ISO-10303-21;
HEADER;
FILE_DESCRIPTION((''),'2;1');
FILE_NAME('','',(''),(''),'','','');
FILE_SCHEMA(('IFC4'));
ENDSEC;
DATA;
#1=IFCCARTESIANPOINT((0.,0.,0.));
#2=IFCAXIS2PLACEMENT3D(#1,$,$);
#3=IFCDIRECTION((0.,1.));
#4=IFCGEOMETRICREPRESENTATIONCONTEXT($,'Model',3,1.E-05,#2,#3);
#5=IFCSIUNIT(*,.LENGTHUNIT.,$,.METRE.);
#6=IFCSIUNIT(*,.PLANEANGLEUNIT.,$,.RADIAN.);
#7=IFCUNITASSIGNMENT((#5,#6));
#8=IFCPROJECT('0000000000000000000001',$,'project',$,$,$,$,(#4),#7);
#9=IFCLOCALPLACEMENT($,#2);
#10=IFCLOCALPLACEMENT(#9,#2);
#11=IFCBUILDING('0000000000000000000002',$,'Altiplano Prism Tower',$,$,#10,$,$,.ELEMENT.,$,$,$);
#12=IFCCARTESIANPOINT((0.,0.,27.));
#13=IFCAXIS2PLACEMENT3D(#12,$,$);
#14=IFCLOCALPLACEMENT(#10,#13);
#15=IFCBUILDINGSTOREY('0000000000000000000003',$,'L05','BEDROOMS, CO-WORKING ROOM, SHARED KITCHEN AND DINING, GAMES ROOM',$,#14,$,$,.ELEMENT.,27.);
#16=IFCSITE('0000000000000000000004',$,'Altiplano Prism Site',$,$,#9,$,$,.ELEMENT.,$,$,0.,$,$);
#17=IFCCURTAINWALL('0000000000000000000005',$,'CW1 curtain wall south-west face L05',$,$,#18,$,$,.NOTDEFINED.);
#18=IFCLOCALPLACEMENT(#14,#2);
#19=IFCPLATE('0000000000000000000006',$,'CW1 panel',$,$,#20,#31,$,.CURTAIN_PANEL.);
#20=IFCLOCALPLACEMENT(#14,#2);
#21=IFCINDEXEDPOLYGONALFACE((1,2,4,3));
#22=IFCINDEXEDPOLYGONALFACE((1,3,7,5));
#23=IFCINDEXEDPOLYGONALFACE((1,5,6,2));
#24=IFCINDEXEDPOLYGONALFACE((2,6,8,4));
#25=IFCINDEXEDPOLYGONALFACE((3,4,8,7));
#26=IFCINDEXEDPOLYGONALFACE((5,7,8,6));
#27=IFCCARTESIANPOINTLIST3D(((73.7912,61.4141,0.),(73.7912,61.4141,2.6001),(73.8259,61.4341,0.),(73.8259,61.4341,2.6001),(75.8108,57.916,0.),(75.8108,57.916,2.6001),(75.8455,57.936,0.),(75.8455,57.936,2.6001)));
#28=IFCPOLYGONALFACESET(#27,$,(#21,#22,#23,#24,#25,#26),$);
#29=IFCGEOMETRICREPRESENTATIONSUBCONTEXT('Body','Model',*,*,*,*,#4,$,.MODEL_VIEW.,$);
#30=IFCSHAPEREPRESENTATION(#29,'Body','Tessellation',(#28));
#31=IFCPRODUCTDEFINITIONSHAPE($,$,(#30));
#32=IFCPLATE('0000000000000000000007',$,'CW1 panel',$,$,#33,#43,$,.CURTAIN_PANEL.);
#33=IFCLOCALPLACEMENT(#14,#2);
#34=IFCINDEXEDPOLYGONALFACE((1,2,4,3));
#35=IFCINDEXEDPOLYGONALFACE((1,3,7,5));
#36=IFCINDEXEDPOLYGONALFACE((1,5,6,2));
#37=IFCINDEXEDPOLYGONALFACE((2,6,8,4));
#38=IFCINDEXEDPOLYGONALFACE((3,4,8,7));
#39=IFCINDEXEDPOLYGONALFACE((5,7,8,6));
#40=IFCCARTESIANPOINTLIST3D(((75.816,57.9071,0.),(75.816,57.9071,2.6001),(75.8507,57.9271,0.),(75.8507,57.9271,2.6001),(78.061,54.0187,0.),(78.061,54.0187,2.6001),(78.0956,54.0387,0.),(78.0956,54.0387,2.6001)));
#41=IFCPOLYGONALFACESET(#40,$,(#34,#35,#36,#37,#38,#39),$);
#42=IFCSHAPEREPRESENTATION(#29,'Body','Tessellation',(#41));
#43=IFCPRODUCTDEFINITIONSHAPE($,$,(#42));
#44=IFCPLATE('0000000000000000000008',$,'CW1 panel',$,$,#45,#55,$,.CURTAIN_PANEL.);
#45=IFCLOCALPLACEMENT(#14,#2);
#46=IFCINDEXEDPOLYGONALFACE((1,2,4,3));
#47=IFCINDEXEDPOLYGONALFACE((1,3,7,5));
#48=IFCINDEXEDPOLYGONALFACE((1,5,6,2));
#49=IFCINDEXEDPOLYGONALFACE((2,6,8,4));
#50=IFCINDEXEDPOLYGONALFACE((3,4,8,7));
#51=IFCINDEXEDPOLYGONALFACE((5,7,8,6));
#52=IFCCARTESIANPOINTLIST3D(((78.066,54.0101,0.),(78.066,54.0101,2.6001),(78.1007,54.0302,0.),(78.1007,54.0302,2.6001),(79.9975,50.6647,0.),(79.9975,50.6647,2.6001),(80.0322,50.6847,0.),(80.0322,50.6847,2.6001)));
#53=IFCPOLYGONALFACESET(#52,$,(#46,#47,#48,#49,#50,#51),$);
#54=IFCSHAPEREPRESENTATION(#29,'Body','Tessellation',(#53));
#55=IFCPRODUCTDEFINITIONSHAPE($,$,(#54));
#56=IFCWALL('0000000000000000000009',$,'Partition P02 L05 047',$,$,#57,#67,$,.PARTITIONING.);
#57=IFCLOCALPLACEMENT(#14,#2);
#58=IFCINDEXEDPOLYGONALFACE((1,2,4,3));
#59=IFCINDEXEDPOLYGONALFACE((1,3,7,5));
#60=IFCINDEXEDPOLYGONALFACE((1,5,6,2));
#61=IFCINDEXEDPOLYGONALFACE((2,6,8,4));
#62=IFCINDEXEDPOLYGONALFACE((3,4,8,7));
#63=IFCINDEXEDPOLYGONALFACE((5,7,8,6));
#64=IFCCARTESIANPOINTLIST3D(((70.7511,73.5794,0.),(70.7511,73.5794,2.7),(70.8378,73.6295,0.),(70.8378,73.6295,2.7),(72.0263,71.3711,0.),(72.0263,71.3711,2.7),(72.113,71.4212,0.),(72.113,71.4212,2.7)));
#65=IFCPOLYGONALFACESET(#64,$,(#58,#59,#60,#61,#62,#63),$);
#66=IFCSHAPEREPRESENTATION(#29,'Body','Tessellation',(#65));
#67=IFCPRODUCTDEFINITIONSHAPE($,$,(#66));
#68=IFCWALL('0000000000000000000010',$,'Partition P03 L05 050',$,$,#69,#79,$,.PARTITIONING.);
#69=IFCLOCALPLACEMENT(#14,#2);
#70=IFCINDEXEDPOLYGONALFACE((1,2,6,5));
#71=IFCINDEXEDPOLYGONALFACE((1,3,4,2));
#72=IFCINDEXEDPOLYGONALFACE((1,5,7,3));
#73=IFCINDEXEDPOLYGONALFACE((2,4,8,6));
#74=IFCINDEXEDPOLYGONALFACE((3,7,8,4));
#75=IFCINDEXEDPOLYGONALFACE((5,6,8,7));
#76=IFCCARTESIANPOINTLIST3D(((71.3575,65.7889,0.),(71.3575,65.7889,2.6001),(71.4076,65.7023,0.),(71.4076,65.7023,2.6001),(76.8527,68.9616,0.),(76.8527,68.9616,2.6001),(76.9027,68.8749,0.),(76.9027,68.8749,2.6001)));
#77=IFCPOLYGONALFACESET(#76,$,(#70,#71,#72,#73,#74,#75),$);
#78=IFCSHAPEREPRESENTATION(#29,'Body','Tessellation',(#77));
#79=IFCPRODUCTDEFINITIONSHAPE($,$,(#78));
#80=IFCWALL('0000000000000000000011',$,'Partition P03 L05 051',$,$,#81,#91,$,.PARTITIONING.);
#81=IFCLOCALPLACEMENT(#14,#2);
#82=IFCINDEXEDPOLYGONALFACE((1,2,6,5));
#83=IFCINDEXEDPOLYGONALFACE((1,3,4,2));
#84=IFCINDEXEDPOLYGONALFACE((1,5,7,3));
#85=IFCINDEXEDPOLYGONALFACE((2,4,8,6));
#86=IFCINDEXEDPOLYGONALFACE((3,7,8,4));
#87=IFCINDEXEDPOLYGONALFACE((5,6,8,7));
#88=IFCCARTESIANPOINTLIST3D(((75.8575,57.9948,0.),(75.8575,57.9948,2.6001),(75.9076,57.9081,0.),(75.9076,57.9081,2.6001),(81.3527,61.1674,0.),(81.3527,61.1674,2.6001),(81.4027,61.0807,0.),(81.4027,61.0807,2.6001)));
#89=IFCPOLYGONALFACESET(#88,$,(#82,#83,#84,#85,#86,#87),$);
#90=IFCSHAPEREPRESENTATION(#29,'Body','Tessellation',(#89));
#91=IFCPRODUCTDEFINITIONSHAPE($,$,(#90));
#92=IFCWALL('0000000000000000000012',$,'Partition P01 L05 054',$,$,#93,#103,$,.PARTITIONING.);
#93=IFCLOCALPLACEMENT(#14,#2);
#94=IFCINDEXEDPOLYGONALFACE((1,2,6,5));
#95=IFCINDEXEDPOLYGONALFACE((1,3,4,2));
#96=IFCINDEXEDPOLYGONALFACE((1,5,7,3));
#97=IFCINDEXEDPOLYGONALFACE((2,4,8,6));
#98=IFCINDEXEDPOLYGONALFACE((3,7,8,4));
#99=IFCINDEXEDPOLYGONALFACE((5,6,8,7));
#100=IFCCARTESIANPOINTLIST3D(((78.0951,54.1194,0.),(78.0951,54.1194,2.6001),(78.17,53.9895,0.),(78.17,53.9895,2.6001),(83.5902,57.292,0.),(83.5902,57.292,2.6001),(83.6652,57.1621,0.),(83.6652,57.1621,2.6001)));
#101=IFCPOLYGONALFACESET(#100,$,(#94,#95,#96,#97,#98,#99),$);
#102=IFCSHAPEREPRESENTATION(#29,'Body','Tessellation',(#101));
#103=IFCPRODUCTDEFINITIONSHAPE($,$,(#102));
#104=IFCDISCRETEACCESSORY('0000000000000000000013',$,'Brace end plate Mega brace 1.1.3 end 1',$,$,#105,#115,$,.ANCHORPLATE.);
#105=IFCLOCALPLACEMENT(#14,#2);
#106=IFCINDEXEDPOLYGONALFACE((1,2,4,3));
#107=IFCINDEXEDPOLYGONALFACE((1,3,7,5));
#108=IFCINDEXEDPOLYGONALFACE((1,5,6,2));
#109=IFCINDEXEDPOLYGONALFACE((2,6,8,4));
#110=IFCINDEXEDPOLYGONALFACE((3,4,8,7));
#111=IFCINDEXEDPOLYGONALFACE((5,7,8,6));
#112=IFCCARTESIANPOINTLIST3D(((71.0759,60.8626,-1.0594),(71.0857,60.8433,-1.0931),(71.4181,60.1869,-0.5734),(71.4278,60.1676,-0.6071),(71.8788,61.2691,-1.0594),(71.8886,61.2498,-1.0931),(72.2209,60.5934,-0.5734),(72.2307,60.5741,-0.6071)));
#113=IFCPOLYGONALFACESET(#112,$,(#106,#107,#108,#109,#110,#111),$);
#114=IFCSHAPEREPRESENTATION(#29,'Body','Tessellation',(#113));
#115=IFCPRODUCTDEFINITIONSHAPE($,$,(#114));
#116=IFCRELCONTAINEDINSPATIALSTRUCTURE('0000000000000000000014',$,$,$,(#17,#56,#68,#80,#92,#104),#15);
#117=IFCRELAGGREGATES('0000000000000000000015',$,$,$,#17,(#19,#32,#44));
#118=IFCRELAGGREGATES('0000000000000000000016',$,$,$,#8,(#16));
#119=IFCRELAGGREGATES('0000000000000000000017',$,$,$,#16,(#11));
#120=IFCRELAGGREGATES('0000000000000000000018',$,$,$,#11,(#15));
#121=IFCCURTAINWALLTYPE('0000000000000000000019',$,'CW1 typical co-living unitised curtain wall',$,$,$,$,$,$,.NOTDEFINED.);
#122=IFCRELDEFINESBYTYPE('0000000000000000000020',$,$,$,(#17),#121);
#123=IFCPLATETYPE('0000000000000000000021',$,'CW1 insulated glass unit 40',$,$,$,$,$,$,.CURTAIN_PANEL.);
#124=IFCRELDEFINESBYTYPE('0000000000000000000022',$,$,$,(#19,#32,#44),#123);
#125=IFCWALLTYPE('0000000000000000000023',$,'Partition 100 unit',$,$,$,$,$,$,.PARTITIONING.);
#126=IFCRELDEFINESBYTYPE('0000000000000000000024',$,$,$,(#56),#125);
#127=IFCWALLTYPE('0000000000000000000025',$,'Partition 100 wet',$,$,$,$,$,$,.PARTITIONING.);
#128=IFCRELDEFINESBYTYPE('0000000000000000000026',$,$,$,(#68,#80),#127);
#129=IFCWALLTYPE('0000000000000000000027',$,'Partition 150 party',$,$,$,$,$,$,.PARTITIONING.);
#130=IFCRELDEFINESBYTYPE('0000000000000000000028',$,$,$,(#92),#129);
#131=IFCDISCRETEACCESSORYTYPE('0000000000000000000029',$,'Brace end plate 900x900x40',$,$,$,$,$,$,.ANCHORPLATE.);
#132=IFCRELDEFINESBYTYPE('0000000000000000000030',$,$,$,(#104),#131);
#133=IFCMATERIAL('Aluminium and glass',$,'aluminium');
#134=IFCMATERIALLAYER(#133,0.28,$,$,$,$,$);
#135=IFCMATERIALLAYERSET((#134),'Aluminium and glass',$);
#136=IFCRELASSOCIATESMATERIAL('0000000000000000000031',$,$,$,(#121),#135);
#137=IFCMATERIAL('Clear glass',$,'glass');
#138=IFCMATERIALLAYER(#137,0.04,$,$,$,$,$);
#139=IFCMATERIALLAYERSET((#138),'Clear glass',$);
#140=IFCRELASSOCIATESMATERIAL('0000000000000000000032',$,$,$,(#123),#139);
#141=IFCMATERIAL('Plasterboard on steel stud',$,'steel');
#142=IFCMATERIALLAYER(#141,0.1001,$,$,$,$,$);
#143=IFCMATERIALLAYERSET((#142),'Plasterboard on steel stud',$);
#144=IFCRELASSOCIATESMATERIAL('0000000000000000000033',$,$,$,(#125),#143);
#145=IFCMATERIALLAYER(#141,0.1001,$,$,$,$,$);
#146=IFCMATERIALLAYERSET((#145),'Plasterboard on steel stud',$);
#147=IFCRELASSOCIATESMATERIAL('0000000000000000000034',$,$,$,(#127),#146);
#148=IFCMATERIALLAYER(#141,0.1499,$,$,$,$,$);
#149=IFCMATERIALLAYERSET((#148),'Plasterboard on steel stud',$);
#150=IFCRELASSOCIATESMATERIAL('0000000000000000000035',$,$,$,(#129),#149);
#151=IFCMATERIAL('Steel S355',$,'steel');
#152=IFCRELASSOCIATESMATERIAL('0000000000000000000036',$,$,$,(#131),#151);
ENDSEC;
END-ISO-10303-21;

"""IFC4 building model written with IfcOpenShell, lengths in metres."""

from ifc_helpers import new_model, si_unit, direction, frame, frame_2d, origin, origin_2d, place, context, subcontext, project, spatial, rectangle, extrude, material, layer, layer_set, material_profile, profile_set, type_object, element, aggregate, save


model = new_model("IFC4")

# Units and contexts
model_context = context("Model", 3, precision=1e-05, world=origin(), true_north=direction((0.0, 1.0)))
body_context = subcontext(model_context, "Body", "Model", "MODEL_VIEW")
ifc_project = project(units=[si_unit("LENGTHUNIT", "METRE"), si_unit("PLANEANGLEUNIT", "RADIAN")], contexts=[model_context])

# Site, building, storey
site_placement = place(None, origin())
site = spatial("IfcSite", under=ifc_project, at=site_placement, Name="Altiplano Prism Site", CompositionType="ELEMENT", RefElevation=0.0)
building_placement = place(site_placement, origin())
building = spatial("IfcBuilding", under=site, at=building_placement, Name="Altiplano Prism Tower", CompositionType="ELEMENT")
storey_placement = place(building_placement, frame((0.0, 0.0, 27.0)))
storey = spatial("IfcBuildingStorey", under=building, at=storey_placement, Name="L05", Description="BEDROOMS, CO-WORKING ROOM, SHARED KITCHEN AND DINING, GAMES ROOM", CompositionType="ELEMENT", Elevation=27.0)

# Curtain wall
ifc_material_1 = material(Name="Aluminium and glass", Category="aluminium")
ifc_layer_1 = layer(ifc_material_1, 0.28)
ifc_layer_set_1 = layer_set([ifc_layer_1], Name="Aluminium and glass")
curtain_wall_type = type_object("IfcCurtainWallType", Name="CW1 typical co-living unitised curtain wall", PredefinedType="NOTDEFINED", material=ifc_layer_set_1)
curtain_wall_1_placement = place(storey_placement, origin())
curtain_wall_1 = element("IfcCurtainWall", 1, at=curtain_wall_1_placement, inside=storey, type_object=curtain_wall_type, Name="CW1 curtain wall south-west face L05", PredefinedType="NOTDEFINED")

# Shared definitions
ifc_material_2 = material(Name="Steel S355", Category="steel")

# Plates
ifc_material_3 = material(Name="Clear glass", Category="glass")
ifc_layer_2 = layer(ifc_material_3, 0.04)
ifc_layer_set_2 = layer_set([ifc_layer_2], Name="Clear glass")
plate_type = type_object("IfcPlateType", Name="CW1 insulated glass unit 40", PredefinedType="CURTAIN_PANEL", material=ifc_layer_set_2)
plate_1_placement = place(storey_placement, frame((74.8184, 59.675, 0.0), z_axis=(0.0, 0.0, 1.0), x_axis=(0.5, -0.866025, 0.0)))
plate_1 = element("IfcPlate", 2, at=plate_1_placement, type_object=plate_type, Name="CW1 panel", PredefinedType="CURTAIN_PANEL", context=body_context, shape_type="SweptSolid", body=[
    extrude(rectangle(XDim=4.0393, YDim=0.04, at=origin_2d()), origin(), (0.0, 0.0, 1.0), 2.6001),
])
plate_2_placement = place(storey_placement, frame((76.9558, 55.9729, 0.0), z_axis=(0.0, 0.0, 1.0), x_axis=(0.5, -0.866025, 0.0)))
plate_2 = element("IfcPlate", 3, at=plate_2_placement, type_object=plate_type, Name="CW1 panel", PredefinedType="CURTAIN_PANEL", context=body_context, shape_type="SweptSolid", body=[
    extrude(rectangle(XDim=4.49, YDim=0.04, at=origin_2d()), origin(), (0.0, 0.0, 1.0), 2.6001),
])
plate_3_placement = place(storey_placement, frame((79.0491, 52.3474, 0.0), z_axis=(0.0, 0.0, 1.0), x_axis=(0.5, -0.866025, 0.0)))
plate_3 = element("IfcPlate", 4, at=plate_3_placement, type_object=plate_type, Name="CW1 panel", PredefinedType="CURTAIN_PANEL", context=body_context, shape_type="SweptSolid", body=[
    extrude(rectangle(XDim=3.863, YDim=0.04, at=origin_2d()), origin(), (0.0, 0.0, 1.0), 2.6001),
])
aggregate(curtain_wall_1, [plate_1, plate_2, plate_3])

# Walls
ifc_material_4 = material(Name="Plasterboard on steel stud", Category="steel")
ifc_layer_3 = layer(ifc_material_4, 0.1001)
ifc_layer_set_3 = layer_set([ifc_layer_3], Name="Plasterboard on steel stud")
wall_type_1 = type_object("IfcWallType", Name="Partition 100 unit", PredefinedType="PARTITIONING", material=ifc_layer_set_3)
wall_1_placement = place(storey_placement, frame((72.0696, 71.3962, 0.0), z_axis=(0.0, 0.0, 1.0), x_axis=(-0.500062, 0.865989, 0.0)))
element("IfcWall", 5, at=wall_1_placement, inside=storey, type_object=wall_type_1, Name="Partition P02 L05 047", PredefinedType="PARTITIONING", context=body_context, shape_type="SweptSolid", body=[
    extrude(rectangle(XDim=2.55, YDim=0.1001, at=frame_2d((1.2749, 0.0))), origin(), (0.0, 0.0, 1.0), 2.7),
])
ifc_layer_4 = layer(ifc_material_4, 0.1001)
ifc_layer_set_4 = layer_set([ifc_layer_4], Name="Plasterboard on steel stud")
wall_type_2 = type_object("IfcWallType", Name="Partition 100 wet", PredefinedType="PARTITIONING", material=ifc_layer_set_4)
for number, where, z_axis, x_axis, name in (
    (6, (71.3826, 65.7456, 0.0), (0.0, 0.0, 1.0), (0.866025, 0.5, 0.0), "Partition P03 L05 050"),
    (7, (75.8826, 57.9514, 0.0), (0.0, 0.0, 1.0), (0.866025, 0.5, 0.0), "Partition P03 L05 051"),
):
    element("IfcWall", number, at=place(storey_placement, frame(where, z_axis=z_axis, x_axis=x_axis)), inside=storey, type_object=wall_type_2, Name=name, PredefinedType="PARTITIONING", context=body_context, shape_type="SweptSolid", body=[
        extrude(rectangle(XDim=6.3452, YDim=0.1001, at=frame_2d((3.1726, 0.0))), origin(), (0.0, 0.0, 1.0), 2.6001),
    ])
ifc_layer_5 = layer(ifc_material_4, 0.1499)
ifc_layer_set_5 = layer_set([ifc_layer_5], Name="Plasterboard on steel stud")
wall_type_3 = type_object("IfcWallType", Name="Partition 150 party", PredefinedType="PARTITIONING", material=ifc_layer_set_5)
wall_2_placement = place(storey_placement, frame((78.1326, 54.0544, 0.0), z_axis=(0.0, 0.0, 1.0), x_axis=(0.866025, 0.5, 0.0)))
element("IfcWall", 8, at=wall_2_placement, inside=storey, type_object=wall_type_3, Name="Partition P01 L05 054", PredefinedType="PARTITIONING", context=body_context, shape_type="SweptSolid", body=[
    extrude(rectangle(XDim=6.3452, YDim=0.1499, at=frame_2d((3.1726, 0.0))), origin(), (0.0, 0.0, 1.0), 2.6001),
])

# Discrete accessory
ifc_material_profile_1 = material_profile(ifc_material_2, rectangle(XDim=0.8999, YDim=0.8999, at=origin_2d()), Name="Brace end plate 900x900x40")
ifc_profile_set_1 = profile_set([ifc_material_profile_1], Name="Steel S355")
discrete_accessory_type = type_object("IfcDiscreteAccessoryType", Name="Brace end plate 900x900x40", PredefinedType="ANCHORPLATE", material=ifc_profile_set_1)
discrete_accessory_placement = place(storey_placement, frame((71.6582, 60.7087, -0.8501), z_axis=(-0.243952, 0.481806, 0.841636), x_axis=(-0.892157, -0.451725, 0.0)))
element("IfcDiscreteAccessory", 9, at=discrete_accessory_placement, inside=storey, type_object=discrete_accessory_type, Name="Brace end plate Mega brace 1.1.3 end 1", PredefinedType="ANCHORPLATE", context=body_context, shape_type="SweptSolid", body=[
    extrude(rectangle(XDim=0.8999, YDim=0.8999, at=origin_2d()), origin(), (0.0, 0.0, 1.0), 0.04),
])

save(model, "model.ifc")
